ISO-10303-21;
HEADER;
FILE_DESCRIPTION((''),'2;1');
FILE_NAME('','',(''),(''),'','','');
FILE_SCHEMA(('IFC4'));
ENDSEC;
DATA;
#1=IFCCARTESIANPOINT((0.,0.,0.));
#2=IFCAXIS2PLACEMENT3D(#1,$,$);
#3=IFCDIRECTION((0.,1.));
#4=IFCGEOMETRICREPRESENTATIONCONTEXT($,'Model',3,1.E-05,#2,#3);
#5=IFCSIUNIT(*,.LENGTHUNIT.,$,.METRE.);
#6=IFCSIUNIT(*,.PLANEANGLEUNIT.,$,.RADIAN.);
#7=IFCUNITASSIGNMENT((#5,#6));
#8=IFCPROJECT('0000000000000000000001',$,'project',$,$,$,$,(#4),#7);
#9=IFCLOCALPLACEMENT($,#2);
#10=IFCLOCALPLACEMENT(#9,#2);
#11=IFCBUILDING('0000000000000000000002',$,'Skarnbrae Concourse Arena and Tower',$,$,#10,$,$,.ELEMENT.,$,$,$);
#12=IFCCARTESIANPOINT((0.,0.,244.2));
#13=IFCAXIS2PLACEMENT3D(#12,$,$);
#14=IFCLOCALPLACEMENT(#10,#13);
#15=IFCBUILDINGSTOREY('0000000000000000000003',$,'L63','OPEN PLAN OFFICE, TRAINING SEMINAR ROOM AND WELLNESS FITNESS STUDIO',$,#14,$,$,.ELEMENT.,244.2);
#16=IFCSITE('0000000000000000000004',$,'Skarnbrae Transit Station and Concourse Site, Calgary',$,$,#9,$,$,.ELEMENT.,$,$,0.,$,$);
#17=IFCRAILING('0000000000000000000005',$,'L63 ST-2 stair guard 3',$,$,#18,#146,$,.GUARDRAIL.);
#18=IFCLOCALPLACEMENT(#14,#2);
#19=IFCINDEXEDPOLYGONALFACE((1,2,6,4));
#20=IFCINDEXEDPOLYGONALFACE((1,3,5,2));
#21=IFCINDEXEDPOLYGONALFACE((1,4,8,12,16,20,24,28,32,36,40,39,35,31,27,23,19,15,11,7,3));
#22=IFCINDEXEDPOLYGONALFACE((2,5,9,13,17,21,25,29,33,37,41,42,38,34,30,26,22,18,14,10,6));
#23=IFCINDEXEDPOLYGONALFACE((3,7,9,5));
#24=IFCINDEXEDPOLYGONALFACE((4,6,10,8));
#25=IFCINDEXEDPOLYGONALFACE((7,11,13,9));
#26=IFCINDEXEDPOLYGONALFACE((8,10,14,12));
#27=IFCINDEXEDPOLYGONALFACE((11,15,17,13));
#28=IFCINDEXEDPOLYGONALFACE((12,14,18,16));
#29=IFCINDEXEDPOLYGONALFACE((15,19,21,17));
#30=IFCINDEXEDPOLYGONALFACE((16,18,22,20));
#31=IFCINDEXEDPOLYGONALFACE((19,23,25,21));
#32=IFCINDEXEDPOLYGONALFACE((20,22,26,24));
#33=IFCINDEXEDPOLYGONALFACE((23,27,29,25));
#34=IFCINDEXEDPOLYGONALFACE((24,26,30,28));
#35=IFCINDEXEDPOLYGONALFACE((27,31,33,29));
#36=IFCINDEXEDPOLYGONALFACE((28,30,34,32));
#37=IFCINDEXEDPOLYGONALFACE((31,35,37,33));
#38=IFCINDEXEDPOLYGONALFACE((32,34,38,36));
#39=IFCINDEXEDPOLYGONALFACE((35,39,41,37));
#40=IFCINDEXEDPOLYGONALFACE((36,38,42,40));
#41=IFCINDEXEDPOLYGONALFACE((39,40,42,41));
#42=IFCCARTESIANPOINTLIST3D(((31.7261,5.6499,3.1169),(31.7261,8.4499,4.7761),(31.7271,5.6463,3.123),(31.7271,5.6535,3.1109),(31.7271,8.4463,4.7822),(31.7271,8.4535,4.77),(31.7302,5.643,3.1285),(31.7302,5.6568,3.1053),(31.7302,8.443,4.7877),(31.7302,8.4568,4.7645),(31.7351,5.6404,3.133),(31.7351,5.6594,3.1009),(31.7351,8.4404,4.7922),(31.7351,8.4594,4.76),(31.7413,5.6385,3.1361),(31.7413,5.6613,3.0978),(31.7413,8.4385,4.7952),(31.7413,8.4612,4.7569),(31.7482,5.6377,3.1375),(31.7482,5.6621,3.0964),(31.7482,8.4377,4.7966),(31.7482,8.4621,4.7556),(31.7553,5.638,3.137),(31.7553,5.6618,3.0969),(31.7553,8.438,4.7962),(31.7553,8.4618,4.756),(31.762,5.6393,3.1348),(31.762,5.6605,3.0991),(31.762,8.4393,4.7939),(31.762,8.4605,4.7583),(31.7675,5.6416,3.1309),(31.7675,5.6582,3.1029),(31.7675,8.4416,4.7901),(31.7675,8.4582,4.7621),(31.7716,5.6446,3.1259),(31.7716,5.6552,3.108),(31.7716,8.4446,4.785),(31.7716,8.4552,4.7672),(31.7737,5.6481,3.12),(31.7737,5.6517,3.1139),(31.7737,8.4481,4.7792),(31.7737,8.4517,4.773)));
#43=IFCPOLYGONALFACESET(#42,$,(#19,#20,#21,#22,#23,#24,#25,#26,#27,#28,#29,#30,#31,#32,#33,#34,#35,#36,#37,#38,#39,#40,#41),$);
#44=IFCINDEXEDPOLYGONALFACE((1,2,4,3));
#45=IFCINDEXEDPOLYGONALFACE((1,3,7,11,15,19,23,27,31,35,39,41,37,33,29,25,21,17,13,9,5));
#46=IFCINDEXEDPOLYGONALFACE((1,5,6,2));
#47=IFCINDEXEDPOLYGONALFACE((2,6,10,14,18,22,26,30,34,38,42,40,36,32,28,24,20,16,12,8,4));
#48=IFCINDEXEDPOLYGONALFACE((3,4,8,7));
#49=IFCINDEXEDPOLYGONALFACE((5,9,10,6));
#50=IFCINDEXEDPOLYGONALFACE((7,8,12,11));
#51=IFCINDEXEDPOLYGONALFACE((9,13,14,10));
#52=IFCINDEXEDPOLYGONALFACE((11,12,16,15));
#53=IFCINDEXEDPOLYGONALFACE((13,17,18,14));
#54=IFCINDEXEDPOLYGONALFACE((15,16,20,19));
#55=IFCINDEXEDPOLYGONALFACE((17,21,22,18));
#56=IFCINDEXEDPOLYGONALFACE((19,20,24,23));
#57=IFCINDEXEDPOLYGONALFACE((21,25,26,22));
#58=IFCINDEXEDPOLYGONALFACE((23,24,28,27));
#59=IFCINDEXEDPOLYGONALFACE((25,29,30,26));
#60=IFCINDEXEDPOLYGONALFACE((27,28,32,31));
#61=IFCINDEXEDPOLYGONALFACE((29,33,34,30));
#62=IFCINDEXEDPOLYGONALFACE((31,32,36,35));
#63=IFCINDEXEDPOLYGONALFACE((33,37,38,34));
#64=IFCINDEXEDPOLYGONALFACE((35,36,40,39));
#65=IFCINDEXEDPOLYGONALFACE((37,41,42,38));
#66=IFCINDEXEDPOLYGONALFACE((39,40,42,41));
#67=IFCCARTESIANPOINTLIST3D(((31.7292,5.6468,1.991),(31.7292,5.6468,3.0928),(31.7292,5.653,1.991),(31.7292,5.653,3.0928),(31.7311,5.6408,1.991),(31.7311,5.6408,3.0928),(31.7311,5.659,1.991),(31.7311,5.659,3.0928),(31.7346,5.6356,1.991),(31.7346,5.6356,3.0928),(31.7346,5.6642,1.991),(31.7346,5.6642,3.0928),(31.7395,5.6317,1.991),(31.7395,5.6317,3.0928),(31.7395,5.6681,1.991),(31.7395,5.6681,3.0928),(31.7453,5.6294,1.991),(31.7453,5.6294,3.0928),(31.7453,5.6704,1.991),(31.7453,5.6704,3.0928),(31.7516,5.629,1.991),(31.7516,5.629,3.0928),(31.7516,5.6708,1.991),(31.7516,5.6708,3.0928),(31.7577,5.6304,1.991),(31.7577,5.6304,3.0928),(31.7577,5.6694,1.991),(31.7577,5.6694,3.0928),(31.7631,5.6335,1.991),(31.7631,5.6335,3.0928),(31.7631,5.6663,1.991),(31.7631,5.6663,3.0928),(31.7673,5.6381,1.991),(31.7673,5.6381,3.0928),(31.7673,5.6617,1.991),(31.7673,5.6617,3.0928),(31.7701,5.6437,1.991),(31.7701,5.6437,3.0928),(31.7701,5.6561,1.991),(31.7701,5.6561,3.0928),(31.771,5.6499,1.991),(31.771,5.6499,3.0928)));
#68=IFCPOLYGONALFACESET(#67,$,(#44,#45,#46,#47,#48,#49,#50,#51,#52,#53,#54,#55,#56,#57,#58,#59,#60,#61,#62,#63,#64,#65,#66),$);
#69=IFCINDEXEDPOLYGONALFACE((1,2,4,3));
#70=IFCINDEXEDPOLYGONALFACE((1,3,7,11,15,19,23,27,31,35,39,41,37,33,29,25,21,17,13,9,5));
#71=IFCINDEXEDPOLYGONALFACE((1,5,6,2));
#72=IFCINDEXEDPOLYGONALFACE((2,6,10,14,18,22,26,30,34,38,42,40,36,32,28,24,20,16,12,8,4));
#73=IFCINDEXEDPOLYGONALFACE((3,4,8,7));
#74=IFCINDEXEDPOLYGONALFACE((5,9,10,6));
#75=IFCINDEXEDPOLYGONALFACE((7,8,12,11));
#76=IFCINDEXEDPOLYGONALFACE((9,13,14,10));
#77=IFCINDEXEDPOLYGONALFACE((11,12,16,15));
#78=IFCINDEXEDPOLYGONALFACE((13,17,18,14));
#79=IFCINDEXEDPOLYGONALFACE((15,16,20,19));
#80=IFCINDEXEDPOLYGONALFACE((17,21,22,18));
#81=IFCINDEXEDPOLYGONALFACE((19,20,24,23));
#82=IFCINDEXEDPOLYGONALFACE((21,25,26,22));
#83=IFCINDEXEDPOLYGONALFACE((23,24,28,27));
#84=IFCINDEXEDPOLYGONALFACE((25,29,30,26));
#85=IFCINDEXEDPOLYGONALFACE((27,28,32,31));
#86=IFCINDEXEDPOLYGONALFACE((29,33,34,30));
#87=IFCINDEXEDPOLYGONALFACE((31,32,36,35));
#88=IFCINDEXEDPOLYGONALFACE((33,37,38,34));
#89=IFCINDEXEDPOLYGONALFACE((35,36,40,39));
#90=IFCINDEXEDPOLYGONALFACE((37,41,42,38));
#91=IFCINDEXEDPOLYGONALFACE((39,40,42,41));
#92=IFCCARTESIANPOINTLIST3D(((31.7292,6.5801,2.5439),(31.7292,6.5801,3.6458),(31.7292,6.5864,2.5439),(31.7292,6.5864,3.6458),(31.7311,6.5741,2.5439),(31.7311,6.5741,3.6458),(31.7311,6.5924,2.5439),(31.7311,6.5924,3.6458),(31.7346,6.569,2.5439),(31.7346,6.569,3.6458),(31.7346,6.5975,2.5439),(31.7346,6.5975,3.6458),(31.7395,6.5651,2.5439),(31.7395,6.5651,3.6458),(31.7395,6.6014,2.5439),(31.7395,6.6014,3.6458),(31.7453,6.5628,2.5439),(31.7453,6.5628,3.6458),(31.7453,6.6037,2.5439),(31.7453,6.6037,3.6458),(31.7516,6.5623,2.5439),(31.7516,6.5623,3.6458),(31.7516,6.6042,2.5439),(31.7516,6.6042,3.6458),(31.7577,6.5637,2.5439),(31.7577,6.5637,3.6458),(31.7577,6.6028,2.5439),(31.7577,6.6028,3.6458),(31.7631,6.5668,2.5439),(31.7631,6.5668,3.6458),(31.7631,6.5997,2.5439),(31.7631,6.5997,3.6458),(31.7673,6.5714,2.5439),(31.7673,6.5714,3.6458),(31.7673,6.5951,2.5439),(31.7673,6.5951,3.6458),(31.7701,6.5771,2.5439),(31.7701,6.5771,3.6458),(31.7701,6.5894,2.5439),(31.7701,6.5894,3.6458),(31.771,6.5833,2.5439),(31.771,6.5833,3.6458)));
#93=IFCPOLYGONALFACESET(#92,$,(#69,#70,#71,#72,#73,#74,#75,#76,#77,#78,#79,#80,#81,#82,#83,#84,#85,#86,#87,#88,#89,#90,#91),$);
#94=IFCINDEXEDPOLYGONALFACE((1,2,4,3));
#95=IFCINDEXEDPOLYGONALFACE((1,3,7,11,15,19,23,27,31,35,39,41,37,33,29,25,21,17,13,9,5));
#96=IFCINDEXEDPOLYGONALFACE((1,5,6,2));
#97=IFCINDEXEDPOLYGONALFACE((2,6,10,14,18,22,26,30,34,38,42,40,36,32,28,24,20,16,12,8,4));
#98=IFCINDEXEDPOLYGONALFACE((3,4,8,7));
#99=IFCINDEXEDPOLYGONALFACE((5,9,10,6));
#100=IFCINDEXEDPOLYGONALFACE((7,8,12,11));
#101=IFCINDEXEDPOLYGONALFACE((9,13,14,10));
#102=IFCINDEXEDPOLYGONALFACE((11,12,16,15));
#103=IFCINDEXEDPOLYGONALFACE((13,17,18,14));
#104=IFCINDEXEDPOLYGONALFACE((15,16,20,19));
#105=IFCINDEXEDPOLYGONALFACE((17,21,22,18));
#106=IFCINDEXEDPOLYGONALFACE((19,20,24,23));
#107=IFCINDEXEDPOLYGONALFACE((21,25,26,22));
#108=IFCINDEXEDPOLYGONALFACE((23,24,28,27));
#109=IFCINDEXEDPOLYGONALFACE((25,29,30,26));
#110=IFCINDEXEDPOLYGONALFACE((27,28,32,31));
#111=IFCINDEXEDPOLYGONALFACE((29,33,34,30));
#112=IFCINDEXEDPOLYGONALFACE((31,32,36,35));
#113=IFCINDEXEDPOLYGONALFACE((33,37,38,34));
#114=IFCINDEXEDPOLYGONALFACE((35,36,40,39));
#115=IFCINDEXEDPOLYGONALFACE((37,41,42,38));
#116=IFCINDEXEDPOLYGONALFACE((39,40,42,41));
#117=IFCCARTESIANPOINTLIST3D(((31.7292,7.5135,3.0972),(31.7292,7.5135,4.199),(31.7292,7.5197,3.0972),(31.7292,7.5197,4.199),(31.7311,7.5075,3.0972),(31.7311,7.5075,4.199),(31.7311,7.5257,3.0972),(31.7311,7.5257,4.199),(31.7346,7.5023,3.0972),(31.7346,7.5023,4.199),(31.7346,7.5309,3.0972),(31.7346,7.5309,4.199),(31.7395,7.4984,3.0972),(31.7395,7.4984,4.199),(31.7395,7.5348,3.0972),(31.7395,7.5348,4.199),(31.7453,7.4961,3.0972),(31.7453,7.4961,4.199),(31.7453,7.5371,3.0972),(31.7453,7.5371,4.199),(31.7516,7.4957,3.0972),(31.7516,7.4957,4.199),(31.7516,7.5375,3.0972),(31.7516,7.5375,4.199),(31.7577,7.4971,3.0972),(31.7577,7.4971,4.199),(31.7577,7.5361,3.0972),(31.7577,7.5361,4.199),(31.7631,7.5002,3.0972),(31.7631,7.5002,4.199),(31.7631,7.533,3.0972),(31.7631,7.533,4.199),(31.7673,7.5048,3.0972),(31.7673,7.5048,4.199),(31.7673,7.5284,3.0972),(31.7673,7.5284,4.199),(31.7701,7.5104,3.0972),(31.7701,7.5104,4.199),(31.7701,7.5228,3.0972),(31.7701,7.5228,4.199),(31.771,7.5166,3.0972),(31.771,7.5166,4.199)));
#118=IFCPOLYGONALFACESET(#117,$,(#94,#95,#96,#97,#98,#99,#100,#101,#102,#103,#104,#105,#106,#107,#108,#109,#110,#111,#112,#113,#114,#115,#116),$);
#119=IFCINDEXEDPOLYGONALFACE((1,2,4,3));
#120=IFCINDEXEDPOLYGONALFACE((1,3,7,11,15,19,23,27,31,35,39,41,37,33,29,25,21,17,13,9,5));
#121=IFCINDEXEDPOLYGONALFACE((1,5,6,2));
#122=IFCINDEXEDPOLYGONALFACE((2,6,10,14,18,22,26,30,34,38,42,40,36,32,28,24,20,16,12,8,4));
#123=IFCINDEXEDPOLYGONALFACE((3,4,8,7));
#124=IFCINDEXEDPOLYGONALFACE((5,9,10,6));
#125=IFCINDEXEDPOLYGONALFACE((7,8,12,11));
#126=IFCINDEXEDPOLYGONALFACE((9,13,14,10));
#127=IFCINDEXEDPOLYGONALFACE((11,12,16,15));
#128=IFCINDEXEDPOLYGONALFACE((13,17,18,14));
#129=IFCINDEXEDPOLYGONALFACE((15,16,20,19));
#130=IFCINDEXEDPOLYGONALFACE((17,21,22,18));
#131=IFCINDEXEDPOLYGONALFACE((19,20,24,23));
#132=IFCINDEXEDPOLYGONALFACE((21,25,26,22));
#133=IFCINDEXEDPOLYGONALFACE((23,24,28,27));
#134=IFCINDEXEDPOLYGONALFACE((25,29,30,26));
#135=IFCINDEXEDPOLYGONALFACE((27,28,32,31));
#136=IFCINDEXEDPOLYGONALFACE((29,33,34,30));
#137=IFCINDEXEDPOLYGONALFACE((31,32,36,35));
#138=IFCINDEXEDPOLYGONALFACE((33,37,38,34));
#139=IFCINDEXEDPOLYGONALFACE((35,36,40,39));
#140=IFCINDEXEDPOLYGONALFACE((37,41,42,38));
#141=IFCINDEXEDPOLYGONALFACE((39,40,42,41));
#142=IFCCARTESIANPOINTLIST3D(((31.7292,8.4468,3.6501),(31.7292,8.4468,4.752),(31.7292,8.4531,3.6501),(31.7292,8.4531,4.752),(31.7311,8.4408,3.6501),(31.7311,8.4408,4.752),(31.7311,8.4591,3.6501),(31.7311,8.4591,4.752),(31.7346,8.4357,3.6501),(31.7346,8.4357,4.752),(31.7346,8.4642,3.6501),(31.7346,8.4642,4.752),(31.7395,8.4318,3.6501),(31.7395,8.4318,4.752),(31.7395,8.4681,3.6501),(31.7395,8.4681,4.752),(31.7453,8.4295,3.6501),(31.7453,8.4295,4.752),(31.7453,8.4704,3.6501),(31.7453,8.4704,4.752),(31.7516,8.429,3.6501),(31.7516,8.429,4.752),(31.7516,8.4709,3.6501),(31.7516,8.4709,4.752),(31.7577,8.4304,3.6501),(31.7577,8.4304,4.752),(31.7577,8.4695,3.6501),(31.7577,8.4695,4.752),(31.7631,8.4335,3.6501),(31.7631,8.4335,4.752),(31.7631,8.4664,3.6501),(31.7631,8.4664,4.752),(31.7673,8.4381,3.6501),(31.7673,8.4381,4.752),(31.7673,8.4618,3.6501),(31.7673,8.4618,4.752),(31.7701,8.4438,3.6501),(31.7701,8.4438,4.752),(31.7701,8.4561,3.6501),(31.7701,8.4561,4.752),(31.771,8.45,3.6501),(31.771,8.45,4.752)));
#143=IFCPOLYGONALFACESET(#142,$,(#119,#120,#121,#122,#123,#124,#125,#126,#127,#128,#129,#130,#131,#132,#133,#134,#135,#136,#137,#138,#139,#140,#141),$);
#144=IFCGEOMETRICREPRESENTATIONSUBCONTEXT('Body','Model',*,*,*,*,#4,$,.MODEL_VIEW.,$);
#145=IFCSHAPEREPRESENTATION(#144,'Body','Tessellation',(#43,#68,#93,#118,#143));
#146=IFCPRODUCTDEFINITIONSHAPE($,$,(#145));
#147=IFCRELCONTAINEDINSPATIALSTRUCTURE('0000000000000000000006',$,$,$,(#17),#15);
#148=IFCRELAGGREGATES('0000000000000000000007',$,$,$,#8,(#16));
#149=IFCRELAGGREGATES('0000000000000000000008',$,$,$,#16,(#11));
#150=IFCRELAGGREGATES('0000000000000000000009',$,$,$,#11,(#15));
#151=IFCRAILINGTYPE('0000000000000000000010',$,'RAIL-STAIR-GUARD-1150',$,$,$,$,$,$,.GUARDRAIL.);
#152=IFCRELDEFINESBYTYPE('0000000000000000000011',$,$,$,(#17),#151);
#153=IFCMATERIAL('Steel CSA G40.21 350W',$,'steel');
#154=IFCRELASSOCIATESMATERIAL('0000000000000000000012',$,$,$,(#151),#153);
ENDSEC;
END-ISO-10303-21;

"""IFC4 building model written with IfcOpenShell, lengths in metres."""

from ifc_helpers import new_model, si_unit, direction, frame, origin, origin_2d, place, context, subcontext, project, spatial, circle, extrude, material, type_object, element, save


model = new_model("IFC4")

# Units and contexts
model_context = context("Model", 3, precision=1e-05, world=origin(), true_north=direction((0.0, 1.0)))
body_context = subcontext(model_context, "Body", "Model", "MODEL_VIEW")
ifc_project = project(units=[si_unit("LENGTHUNIT", "METRE"), si_unit("PLANEANGLEUNIT", "RADIAN")], contexts=[model_context])

# Site, building, storey
site_placement = place(None, origin())
site = spatial("IfcSite", under=ifc_project, at=site_placement, Name="Skarnbrae Transit Station and Concourse Site, Calgary", CompositionType="ELEMENT", RefElevation=0.0)
building_placement = place(site_placement, origin())
building = spatial("IfcBuilding", under=site, at=building_placement, Name="Skarnbrae Concourse Arena and Tower", CompositionType="ELEMENT")
storey_placement = place(building_placement, frame((0.0, 0.0, 244.2)))
storey = spatial("IfcBuildingStorey", under=building, at=storey_placement, Name="L63", Description="OPEN PLAN OFFICE, TRAINING SEMINAR ROOM AND WELLNESS FITNESS STUDIO", CompositionType="ELEMENT", Elevation=244.2)

# Shared definitions
ifc_material_1 = material(Name="Steel CSA G40.21 350W", Category="steel")

# Railing
railing_type_1 = type_object("IfcRailingType", Name="RAIL-STAIR-GUARD-1150", PredefinedType="GUARDRAIL", material=ifc_material_1)
railing_1_placement = place(storey_placement, frame((31.75, 5.6499, 1.991)))
element("IfcRailing", 1, at=railing_1_placement, inside=storey, type_object=railing_type_1, Name="L63 ST-2 stair guard 3", PredefinedType="GUARDRAIL", context=body_context, shape_type="SweptSolid", body=[
    extrude(circle(Radius=0.0239, at=origin_2d()), frame((0.0, 0.0, 1.126), z_axis=(0.0, 0.860306, 0.509778), x_axis=(-1.0, 0.0, 0.0)), (0.0, 0.0, 1.0), 3.2546),
    extrude(circle(Radius=0.021, at=origin_2d()), origin(), (0.0, 0.0, 1.0), 1.1018),
    extrude(circle(Radius=0.021, at=origin_2d()), frame((0.0, 0.9333, 0.553)), (0.0, 0.0, 1.0), 1.1018),
    extrude(circle(Radius=0.021, at=origin_2d()), frame((0.0, 1.8667, 1.1062)), (0.0, 0.0, 1.0), 1.1018),
    extrude(circle(Radius=0.021, at=origin_2d()), frame((0.0, 2.8, 1.6592)), (0.0, 0.0, 1.0), 1.1018),
])

save(model, "model.ifc")
